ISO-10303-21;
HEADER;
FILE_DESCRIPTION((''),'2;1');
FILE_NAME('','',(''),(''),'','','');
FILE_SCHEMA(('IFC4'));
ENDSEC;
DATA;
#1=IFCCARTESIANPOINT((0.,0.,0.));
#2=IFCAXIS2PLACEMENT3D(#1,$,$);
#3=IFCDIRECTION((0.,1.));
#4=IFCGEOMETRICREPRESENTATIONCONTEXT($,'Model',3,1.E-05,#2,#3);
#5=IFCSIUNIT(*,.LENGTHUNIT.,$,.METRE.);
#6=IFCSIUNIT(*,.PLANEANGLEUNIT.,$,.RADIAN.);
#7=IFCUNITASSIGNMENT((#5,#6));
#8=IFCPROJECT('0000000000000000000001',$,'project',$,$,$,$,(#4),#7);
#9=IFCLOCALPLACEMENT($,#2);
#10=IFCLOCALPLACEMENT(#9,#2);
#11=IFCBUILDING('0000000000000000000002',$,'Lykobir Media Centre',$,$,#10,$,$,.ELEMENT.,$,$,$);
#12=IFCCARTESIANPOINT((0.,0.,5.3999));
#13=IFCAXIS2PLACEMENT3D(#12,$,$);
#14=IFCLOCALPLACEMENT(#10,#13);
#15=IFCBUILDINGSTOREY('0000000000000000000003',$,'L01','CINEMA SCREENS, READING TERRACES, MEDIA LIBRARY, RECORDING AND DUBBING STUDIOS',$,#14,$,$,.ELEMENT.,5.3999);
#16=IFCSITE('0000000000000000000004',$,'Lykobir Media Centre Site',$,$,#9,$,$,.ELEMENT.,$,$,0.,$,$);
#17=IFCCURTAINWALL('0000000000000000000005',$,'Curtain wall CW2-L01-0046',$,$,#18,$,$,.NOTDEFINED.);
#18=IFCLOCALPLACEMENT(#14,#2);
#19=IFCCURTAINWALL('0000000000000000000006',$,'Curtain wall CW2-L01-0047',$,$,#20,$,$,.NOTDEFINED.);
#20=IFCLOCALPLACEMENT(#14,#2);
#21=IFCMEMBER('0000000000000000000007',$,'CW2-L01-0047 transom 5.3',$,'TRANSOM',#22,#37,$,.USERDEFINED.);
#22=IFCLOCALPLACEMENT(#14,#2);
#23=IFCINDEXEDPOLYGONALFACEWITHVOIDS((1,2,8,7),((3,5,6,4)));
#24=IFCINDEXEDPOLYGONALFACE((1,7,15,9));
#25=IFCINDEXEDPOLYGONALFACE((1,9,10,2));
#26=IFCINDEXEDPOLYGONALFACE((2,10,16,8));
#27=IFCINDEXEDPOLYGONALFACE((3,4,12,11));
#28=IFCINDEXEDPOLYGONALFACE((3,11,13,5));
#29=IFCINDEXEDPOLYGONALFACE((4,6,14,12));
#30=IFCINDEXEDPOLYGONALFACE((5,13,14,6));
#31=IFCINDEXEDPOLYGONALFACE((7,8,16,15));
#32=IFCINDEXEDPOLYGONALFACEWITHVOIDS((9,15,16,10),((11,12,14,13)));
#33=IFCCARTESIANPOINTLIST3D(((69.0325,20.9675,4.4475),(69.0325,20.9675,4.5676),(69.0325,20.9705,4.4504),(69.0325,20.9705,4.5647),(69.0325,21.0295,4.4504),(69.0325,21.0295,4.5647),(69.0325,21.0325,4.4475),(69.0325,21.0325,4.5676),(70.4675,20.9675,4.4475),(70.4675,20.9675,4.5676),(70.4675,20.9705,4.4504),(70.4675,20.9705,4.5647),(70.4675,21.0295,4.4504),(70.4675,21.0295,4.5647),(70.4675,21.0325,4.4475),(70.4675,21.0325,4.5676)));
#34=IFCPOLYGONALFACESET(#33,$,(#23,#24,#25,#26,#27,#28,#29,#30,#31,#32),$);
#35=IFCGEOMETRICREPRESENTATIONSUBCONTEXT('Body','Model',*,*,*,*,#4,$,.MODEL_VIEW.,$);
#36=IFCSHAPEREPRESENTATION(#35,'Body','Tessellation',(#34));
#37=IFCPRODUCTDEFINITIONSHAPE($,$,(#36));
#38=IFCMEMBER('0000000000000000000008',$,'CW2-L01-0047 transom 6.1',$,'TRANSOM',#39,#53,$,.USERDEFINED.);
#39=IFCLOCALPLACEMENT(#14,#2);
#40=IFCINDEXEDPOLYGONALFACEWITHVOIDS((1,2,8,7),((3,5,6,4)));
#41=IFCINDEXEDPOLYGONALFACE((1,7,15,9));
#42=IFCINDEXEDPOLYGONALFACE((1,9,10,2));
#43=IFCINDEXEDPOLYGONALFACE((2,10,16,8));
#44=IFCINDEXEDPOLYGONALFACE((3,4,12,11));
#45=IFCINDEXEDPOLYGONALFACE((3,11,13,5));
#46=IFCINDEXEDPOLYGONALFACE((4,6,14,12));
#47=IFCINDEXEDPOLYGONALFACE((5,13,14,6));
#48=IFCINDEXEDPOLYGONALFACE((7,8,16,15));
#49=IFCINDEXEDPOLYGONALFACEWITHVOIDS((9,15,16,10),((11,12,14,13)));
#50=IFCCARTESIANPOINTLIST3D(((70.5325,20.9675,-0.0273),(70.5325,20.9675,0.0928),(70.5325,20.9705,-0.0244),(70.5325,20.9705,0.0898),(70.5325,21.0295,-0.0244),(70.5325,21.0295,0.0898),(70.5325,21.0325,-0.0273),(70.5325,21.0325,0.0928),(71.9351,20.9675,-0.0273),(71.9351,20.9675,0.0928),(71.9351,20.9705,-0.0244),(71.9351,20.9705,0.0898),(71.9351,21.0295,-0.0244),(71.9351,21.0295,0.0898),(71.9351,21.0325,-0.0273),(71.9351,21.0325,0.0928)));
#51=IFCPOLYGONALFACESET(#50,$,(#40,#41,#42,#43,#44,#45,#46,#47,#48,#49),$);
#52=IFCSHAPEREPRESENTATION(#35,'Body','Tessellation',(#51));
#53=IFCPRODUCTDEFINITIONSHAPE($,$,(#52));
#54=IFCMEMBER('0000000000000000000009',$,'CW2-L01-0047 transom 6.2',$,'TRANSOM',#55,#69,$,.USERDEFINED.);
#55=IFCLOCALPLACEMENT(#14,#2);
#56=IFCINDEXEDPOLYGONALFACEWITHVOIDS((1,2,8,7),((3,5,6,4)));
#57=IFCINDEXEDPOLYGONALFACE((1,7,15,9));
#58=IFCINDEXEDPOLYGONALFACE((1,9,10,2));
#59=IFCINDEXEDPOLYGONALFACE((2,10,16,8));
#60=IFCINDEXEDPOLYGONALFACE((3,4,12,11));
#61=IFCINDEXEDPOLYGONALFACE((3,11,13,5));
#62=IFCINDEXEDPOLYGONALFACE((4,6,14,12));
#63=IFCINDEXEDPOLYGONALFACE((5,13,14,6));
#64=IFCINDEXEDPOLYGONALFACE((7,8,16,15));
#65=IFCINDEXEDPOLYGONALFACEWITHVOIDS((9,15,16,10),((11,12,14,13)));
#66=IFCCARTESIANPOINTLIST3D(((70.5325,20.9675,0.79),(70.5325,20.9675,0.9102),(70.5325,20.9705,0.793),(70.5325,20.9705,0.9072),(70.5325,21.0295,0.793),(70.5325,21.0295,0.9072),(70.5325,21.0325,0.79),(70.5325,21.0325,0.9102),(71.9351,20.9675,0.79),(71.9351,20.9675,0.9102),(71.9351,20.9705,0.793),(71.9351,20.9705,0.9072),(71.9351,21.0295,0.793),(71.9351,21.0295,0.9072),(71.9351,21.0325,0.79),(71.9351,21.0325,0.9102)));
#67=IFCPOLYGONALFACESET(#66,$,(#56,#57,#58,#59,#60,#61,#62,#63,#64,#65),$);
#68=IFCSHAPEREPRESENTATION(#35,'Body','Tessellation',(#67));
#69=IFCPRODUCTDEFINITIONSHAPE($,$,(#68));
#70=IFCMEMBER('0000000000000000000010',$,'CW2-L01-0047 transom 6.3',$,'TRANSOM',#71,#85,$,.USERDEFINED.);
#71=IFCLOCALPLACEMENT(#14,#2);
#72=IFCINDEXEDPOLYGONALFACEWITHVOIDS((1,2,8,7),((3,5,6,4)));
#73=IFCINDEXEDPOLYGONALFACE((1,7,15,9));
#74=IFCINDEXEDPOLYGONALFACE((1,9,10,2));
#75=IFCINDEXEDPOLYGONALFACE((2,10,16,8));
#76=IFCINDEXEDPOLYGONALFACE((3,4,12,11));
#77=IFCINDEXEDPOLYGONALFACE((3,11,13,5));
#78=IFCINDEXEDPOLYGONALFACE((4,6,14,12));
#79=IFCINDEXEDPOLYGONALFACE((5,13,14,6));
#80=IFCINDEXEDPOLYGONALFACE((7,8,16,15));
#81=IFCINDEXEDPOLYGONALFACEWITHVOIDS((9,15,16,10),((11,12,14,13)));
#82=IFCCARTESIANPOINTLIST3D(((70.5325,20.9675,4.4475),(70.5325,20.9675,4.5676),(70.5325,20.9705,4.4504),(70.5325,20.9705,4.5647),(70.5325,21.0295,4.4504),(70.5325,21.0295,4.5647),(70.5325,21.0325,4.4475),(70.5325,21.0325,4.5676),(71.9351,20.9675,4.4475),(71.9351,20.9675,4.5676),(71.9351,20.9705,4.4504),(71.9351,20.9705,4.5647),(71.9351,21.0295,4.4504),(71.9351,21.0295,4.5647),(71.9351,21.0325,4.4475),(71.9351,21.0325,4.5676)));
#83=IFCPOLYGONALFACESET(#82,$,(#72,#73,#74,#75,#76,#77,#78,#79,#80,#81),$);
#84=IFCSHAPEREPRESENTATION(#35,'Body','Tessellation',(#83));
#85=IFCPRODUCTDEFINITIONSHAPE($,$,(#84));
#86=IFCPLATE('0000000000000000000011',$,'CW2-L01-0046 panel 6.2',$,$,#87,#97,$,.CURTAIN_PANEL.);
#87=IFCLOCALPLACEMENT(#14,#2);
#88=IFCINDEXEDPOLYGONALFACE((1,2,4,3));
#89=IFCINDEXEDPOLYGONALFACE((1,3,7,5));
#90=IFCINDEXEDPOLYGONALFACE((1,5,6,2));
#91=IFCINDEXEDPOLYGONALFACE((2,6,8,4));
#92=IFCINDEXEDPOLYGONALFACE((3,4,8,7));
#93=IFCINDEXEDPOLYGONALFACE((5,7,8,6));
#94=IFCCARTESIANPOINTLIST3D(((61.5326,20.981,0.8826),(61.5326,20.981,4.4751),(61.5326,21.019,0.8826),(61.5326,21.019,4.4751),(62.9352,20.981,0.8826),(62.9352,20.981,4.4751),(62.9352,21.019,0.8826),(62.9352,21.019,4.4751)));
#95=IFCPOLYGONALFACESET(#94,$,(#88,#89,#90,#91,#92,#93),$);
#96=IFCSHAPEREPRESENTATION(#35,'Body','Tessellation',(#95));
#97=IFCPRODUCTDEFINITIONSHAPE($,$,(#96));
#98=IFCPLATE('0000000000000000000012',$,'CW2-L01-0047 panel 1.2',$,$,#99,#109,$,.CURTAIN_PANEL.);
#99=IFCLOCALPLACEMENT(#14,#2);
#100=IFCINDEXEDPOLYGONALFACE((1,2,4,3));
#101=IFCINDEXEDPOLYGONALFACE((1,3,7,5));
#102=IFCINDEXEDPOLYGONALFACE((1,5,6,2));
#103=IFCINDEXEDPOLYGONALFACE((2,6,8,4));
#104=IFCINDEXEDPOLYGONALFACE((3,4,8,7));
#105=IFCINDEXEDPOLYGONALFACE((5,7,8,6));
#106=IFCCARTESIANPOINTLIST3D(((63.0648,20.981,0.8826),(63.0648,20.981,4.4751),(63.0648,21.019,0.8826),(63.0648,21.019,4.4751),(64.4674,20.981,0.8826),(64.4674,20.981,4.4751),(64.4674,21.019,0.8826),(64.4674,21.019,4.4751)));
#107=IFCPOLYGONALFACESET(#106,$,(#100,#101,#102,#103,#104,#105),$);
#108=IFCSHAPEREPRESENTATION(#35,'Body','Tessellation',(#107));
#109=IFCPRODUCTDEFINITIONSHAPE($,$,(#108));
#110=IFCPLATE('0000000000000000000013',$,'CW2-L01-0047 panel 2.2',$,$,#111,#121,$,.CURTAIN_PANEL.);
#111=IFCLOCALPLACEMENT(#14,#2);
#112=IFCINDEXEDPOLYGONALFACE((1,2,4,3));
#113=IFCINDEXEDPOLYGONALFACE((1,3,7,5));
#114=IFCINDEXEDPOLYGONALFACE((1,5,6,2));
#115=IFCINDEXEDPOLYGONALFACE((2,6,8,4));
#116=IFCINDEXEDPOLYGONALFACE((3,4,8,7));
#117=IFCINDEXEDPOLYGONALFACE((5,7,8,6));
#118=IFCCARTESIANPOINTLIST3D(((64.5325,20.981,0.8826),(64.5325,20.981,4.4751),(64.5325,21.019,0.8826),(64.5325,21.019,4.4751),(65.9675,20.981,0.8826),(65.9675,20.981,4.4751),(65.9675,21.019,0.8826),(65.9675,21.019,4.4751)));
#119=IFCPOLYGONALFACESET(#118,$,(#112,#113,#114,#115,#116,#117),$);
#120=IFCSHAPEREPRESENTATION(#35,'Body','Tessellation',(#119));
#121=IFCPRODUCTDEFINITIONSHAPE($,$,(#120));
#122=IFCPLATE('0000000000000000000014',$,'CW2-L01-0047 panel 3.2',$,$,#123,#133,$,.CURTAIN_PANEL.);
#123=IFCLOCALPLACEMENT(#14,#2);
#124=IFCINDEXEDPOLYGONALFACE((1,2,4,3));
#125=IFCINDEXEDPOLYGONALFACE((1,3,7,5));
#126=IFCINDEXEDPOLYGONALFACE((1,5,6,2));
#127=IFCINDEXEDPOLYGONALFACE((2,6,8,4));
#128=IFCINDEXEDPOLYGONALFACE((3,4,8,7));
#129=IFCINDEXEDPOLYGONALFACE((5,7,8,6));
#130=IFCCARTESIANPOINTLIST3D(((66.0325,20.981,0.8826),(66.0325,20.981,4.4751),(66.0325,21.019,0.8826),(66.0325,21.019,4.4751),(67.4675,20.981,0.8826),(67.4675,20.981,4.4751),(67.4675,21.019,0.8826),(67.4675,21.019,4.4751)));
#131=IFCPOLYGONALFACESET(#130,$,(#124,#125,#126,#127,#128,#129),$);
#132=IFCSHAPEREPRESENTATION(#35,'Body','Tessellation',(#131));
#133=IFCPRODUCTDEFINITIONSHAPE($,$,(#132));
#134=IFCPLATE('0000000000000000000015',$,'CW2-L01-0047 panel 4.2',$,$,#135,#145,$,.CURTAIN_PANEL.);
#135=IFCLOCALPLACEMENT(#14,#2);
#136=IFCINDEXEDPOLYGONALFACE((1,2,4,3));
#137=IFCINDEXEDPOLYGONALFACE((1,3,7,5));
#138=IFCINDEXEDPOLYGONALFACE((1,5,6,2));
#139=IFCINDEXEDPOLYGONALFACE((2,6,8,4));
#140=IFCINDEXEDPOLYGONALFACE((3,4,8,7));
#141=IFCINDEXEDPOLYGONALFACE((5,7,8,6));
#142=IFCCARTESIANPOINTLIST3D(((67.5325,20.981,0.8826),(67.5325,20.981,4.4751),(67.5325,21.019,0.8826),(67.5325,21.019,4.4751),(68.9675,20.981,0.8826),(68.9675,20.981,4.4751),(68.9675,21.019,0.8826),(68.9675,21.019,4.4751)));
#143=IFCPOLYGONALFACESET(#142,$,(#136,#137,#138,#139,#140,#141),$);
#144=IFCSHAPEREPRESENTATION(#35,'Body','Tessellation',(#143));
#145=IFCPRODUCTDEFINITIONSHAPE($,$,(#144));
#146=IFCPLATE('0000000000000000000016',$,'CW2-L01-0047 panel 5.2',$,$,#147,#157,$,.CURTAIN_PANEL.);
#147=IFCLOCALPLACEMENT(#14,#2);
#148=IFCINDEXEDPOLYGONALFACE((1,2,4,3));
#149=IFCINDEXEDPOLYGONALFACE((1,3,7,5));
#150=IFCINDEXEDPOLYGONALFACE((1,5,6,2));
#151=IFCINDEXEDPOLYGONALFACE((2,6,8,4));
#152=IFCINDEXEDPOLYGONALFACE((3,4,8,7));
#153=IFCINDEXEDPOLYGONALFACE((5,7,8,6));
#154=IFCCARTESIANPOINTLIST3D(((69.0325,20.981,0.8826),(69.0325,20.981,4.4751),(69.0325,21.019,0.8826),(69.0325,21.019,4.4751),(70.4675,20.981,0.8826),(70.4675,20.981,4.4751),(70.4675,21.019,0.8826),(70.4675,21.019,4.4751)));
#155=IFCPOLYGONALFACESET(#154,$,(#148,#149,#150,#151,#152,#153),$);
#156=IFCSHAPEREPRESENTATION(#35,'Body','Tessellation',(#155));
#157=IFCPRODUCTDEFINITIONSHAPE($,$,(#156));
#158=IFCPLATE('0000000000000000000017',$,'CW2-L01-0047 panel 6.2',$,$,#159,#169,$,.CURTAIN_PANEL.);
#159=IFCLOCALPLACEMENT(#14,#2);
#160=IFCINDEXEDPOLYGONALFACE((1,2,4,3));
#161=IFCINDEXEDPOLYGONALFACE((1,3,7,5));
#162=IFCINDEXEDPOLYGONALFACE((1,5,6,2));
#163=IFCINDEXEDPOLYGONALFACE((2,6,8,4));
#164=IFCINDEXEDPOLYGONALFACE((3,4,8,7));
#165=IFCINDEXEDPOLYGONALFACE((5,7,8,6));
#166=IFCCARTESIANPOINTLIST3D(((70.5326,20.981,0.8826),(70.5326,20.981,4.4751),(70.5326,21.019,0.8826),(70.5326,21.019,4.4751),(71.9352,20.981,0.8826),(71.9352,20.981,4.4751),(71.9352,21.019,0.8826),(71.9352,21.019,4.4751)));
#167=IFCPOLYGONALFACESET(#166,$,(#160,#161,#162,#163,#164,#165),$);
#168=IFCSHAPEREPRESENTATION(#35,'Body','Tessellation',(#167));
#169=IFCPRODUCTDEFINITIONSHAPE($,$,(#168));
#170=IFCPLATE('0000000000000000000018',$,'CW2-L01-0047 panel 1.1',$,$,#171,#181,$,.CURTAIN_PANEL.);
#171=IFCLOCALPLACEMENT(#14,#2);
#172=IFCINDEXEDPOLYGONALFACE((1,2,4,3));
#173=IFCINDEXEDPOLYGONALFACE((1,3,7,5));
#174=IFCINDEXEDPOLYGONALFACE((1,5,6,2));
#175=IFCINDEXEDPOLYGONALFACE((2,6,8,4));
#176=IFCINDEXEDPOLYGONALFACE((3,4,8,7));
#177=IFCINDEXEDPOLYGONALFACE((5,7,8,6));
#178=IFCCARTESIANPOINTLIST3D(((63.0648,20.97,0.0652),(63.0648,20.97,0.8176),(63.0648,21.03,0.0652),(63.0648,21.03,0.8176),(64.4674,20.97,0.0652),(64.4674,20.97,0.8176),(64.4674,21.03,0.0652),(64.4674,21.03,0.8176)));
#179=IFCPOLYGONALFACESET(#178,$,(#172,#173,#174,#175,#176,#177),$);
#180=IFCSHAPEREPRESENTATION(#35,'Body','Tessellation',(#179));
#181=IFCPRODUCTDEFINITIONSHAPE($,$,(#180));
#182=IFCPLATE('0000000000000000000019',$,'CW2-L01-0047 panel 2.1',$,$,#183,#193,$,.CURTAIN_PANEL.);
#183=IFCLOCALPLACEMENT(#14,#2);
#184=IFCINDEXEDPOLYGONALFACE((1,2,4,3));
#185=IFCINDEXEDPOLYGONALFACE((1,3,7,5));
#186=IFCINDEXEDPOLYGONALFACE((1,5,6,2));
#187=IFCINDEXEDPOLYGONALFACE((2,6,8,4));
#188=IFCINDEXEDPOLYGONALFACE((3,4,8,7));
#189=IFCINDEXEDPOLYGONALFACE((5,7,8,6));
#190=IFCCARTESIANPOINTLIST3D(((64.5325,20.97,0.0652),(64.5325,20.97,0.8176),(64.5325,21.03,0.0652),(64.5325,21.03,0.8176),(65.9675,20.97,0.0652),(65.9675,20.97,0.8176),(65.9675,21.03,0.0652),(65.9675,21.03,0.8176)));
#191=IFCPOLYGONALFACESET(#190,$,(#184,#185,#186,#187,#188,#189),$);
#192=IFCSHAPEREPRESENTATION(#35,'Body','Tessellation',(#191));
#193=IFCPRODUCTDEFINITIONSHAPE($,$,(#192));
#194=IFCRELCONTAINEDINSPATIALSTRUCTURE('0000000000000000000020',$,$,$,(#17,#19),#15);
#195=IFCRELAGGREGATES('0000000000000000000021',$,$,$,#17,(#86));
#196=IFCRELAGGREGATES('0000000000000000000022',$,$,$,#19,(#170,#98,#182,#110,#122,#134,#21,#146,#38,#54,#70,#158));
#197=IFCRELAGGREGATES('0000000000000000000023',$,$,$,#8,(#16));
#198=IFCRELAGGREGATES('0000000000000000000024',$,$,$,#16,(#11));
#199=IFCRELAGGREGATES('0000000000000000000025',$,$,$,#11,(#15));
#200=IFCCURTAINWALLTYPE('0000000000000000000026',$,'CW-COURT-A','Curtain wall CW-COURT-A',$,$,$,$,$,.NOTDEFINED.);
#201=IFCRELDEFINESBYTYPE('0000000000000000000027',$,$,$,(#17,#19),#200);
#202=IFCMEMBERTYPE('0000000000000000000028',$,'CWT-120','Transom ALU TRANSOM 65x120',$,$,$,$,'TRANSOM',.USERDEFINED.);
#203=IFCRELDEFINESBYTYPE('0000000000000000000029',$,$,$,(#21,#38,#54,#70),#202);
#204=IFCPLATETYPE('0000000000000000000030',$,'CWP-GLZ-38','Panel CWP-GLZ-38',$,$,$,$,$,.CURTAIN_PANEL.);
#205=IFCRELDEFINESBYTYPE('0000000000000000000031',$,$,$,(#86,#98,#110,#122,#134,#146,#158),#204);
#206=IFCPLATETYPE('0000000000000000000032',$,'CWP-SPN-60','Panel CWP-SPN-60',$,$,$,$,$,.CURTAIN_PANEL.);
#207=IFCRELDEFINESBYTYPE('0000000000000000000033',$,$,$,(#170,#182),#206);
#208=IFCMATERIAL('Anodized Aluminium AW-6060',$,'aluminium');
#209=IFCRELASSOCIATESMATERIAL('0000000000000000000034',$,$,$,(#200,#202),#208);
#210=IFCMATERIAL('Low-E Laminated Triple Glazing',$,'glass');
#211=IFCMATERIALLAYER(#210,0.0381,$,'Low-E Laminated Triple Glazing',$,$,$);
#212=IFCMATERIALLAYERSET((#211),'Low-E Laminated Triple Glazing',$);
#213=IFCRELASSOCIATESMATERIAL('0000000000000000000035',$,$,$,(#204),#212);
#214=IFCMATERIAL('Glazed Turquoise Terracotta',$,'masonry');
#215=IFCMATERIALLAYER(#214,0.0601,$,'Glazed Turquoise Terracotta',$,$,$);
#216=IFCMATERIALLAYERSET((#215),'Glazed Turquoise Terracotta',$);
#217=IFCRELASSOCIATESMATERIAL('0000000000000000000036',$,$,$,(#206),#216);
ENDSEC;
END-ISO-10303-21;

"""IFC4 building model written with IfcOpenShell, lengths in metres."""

from ifc_helpers import new_model, si_unit, direction, frame, origin, origin_2d, place, context, subcontext, project, spatial, rectangle, hollow_rectangle, extrude, material, layer, layer_set, material_profile, profile_set, type_object, element, aggregate, save


model = new_model("IFC4")

# Units and contexts
model_context = context("Model", 3, precision=1e-05, world=origin(), true_north=direction((0.0, 1.0)))
body_context = subcontext(model_context, "Body", "Model", "MODEL_VIEW")
ifc_project = project(units=[si_unit("LENGTHUNIT", "METRE"), si_unit("PLANEANGLEUNIT", "RADIAN")], contexts=[model_context])

# Site, building, storey
site_placement = place(None, origin())
site = spatial("IfcSite", under=ifc_project, at=site_placement, Name="Lykobir Media Centre Site", CompositionType="ELEMENT", RefElevation=0.0)
building_placement = place(site_placement, origin())
building = spatial("IfcBuilding", under=site, at=building_placement, Name="Lykobir Media Centre", CompositionType="ELEMENT")
storey_placement = place(building_placement, frame((0.0, 0.0, 5.3999)))
storey = spatial("IfcBuildingStorey", under=building, at=storey_placement, Name="L01", Description="CINEMA SCREENS, READING TERRACES, MEDIA LIBRARY, RECORDING AND DUBBING STUDIOS", CompositionType="ELEMENT", Elevation=5.3999)

# Curtain wall
ifc_material_1 = material(Name="Anodized Aluminium AW-6060", Category="aluminium")
curtain_wall_type = type_object("IfcCurtainWallType", Name="CW-COURT-A", Description="Curtain wall CW-COURT-A", PredefinedType="NOTDEFINED", material=ifc_material_1)
curtain_wall_1_placement = place(storey_placement, origin())
curtain_wall_1 = element("IfcCurtainWall", 1, at=curtain_wall_1_placement, inside=storey, type_object=curtain_wall_type, Name="Curtain wall CW2-L01-0046", PredefinedType="NOTDEFINED")

# Curtain wall, members
curtain_wall_2_placement = place(storey_placement, origin())
curtain_wall_2 = element("IfcCurtainWall", 2, at=curtain_wall_2_placement, inside=storey, type_object=curtain_wall_type, Name="Curtain wall CW2-L01-0047", PredefinedType="NOTDEFINED")
ifc_material_profile_1 = material_profile(ifc_material_1, hollow_rectangle(XDim=0.0649, YDim=0.1201, WallThickness=0.0029, at=origin_2d()), Name="ALU TRANSOM 65x120")
ifc_profile_set_1 = profile_set([ifc_material_profile_1], Name="Anodized Aluminium AW-6060")
member_type_1 = type_object("IfcMemberType", Name="CWT-120", Description="Transom ALU TRANSOM 65x120", ElementType="TRANSOM", PredefinedType="USERDEFINED", material=ifc_profile_set_1)
member_1_placement = place(storey_placement, frame((69.0325, 21.0, 4.5076), z_axis=(1.0, 0.0, 0.0), x_axis=(0.0, 1.0, 0.0)))
member_1 = element("IfcMember", 3, at=member_1_placement, type_object=member_type_1, Name="CW2-L01-0047 transom 5.3", ObjectType="TRANSOM", PredefinedType="USERDEFINED", context=body_context, shape_type="SweptSolid", body=[
    extrude(hollow_rectangle(XDim=0.0649, YDim=0.1201, WallThickness=0.0029, at=origin_2d()), origin(), (0.0, 0.0, 1.0), 1.4351),
])
member_2_placement = place(storey_placement, frame((70.5325, 21.0, 0.0327), z_axis=(1.0, 0.0, 0.0), x_axis=(0.0, 1.0, 0.0)))
member_2 = element("IfcMember", 4, at=member_2_placement, type_object=member_type_1, Name="CW2-L01-0047 transom 6.1", ObjectType="TRANSOM", PredefinedType="USERDEFINED", context=body_context, shape_type="SweptSolid", body=[
    extrude(hollow_rectangle(XDim=0.0649, YDim=0.1201, WallThickness=0.0029, at=origin_2d()), origin(), (0.0, 0.0, 1.0), 1.4026),
])
member_3_placement = place(storey_placement, frame((70.5325, 21.0, 0.8501), z_axis=(1.0, 0.0, 0.0), x_axis=(0.0, 1.0, 0.0)))
member_3 = element("IfcMember", 5, at=member_3_placement, type_object=member_type_1, Name="CW2-L01-0047 transom 6.2", ObjectType="TRANSOM", PredefinedType="USERDEFINED", context=body_context, shape_type="SweptSolid", body=[
    extrude(hollow_rectangle(XDim=0.0649, YDim=0.1201, WallThickness=0.0029, at=origin_2d()), origin(), (0.0, 0.0, 1.0), 1.4026),
])
member_4_placement = place(storey_placement, frame((70.5325, 21.0, 4.5076), z_axis=(1.0, 0.0, 0.0), x_axis=(0.0, 1.0, 0.0)))
member_4 = element("IfcMember", 6, at=member_4_placement, type_object=member_type_1, Name="CW2-L01-0047 transom 6.3", ObjectType="TRANSOM", PredefinedType="USERDEFINED", context=body_context, shape_type="SweptSolid", body=[
    extrude(hollow_rectangle(XDim=0.0649, YDim=0.1201, WallThickness=0.0029, at=origin_2d()), origin(), (0.0, 0.0, 1.0), 1.4026),
])

# Plates
ifc_material_2 = material(Name="Low-E Laminated Triple Glazing", Category="glass")
ifc_layer_1 = layer(ifc_material_2, 0.0381, Name="Low-E Laminated Triple Glazing")
ifc_layer_set_1 = layer_set([ifc_layer_1], Name="Low-E Laminated Triple Glazing")
plate_type_1 = type_object("IfcPlateType", Name="CWP-GLZ-38", Description="Panel CWP-GLZ-38", PredefinedType="CURTAIN_PANEL", material=ifc_layer_set_1)
plate_1_placement = place(storey_placement, frame((62.2339, 21.0, 0.8826), z_axis=(0.0, 0.0, 1.0), x_axis=(1.0, 0.0, 0.0)))
plate_1 = element("IfcPlate", 7, at=plate_1_placement, type_object=plate_type_1, Name="CW2-L01-0046 panel 6.2", PredefinedType="CURTAIN_PANEL", context=body_context, shape_type="SweptSolid", body=[
    extrude(rectangle(XDim=1.4026, YDim=0.0381, at=origin_2d()), origin(), (0.0, 0.0, 1.0), 3.5925),
])
aggregate(curtain_wall_1, [plate_1])
plate_2_placement = place(storey_placement, frame((63.7661, 21.0, 0.8826), z_axis=(0.0, 0.0, 1.0), x_axis=(1.0, 0.0, 0.0)))
plate_2 = element("IfcPlate", 8, at=plate_2_placement, type_object=plate_type_1, Name="CW2-L01-0047 panel 1.2", PredefinedType="CURTAIN_PANEL", context=body_context, shape_type="SweptSolid", body=[
    extrude(rectangle(XDim=1.4026, YDim=0.0381, at=origin_2d()), origin(), (0.0, 0.0, 1.0), 3.5925),
])
plate_3_placement = place(storey_placement, frame((65.25, 21.0, 0.8826), z_axis=(0.0, 0.0, 1.0), x_axis=(1.0, 0.0, 0.0)))
plate_3 = element("IfcPlate", 9, at=plate_3_placement, type_object=plate_type_1, Name="CW2-L01-0047 panel 2.2", PredefinedType="CURTAIN_PANEL", context=body_context, shape_type="SweptSolid", body=[
    extrude(rectangle(XDim=1.4351, YDim=0.0381, at=origin_2d()), origin(), (0.0, 0.0, 1.0), 3.5925),
])
plate_4_placement = place(storey_placement, frame((66.75, 21.0, 0.8826), z_axis=(0.0, 0.0, 1.0), x_axis=(1.0, 0.0, 0.0)))
plate_4 = element("IfcPlate", 10, at=plate_4_placement, type_object=plate_type_1, Name="CW2-L01-0047 panel 3.2", PredefinedType="CURTAIN_PANEL", context=body_context, shape_type="SweptSolid", body=[
    extrude(rectangle(XDim=1.4351, YDim=0.0381, at=origin_2d()), origin(), (0.0, 0.0, 1.0), 3.5925),
])
plate_5_placement = place(storey_placement, frame((68.25, 21.0, 0.8826), z_axis=(0.0, 0.0, 1.0), x_axis=(1.0, 0.0, 0.0)))
plate_5 = element("IfcPlate", 11, at=plate_5_placement, type_object=plate_type_1, Name="CW2-L01-0047 panel 4.2", PredefinedType="CURTAIN_PANEL", context=body_context, shape_type="SweptSolid", body=[
    extrude(rectangle(XDim=1.4351, YDim=0.0381, at=origin_2d()), origin(), (0.0, 0.0, 1.0), 3.5925),
])
plate_6_placement = place(storey_placement, frame((69.75, 21.0, 0.8826), z_axis=(0.0, 0.0, 1.0), x_axis=(1.0, 0.0, 0.0)))
plate_6 = element("IfcPlate", 12, at=plate_6_placement, type_object=plate_type_1, Name="CW2-L01-0047 panel 5.2", PredefinedType="CURTAIN_PANEL", context=body_context, shape_type="SweptSolid", body=[
    extrude(rectangle(XDim=1.4351, YDim=0.0381, at=origin_2d()), origin(), (0.0, 0.0, 1.0), 3.5925),
])
plate_7_placement = place(storey_placement, frame((71.2339, 21.0, 0.8826), z_axis=(0.0, 0.0, 1.0), x_axis=(1.0, 0.0, 0.0)))
plate_7 = element("IfcPlate", 13, at=plate_7_placement, type_object=plate_type_1, Name="CW2-L01-0047 panel 6.2", PredefinedType="CURTAIN_PANEL", context=body_context, shape_type="SweptSolid", body=[
    extrude(rectangle(XDim=1.4026, YDim=0.0381, at=origin_2d()), origin(), (0.0, 0.0, 1.0), 3.5925),
])
ifc_material_3 = material(Name="Glazed Turquoise Terracotta", Category="masonry")
ifc_layer_2 = layer(ifc_material_3, 0.0601, Name="Glazed Turquoise Terracotta")
ifc_layer_set_2 = layer_set([ifc_layer_2], Name="Glazed Turquoise Terracotta")
plate_type_2 = type_object("IfcPlateType", Name="CWP-SPN-60", Description="Panel CWP-SPN-60", PredefinedType="CURTAIN_PANEL", material=ifc_layer_set_2)
plate_8_placement = place(storey_placement, frame((63.7661, 21.0, 0.0652), z_axis=(0.0, 0.0, 1.0), x_axis=(1.0, 0.0, 0.0)))
plate_8 = element("IfcPlate", 14, at=plate_8_placement, type_object=plate_type_2, Name="CW2-L01-0047 panel 1.1", PredefinedType="CURTAIN_PANEL", context=body_context, shape_type="SweptSolid", body=[
    extrude(rectangle(XDim=1.4026, YDim=0.0601, at=origin_2d()), origin(), (0.0, 0.0, 1.0), 0.7524),
])
plate_9_placement = place(storey_placement, frame((65.25, 21.0, 0.0652), z_axis=(0.0, 0.0, 1.0), x_axis=(1.0, 0.0, 0.0)))
plate_9 = element("IfcPlate", 15, at=plate_9_placement, type_object=plate_type_2, Name="CW2-L01-0047 panel 2.1", PredefinedType="CURTAIN_PANEL", context=body_context, shape_type="SweptSolid", body=[
    extrude(rectangle(XDim=1.4351, YDim=0.0601, at=origin_2d()), origin(), (0.0, 0.0, 1.0), 0.7524),
])
aggregate(curtain_wall_2, [plate_8, plate_2, plate_9, plate_3, plate_4, plate_5, member_1, plate_6, member_2, member_3, member_4, plate_7])

save(model, "model.ifc")
